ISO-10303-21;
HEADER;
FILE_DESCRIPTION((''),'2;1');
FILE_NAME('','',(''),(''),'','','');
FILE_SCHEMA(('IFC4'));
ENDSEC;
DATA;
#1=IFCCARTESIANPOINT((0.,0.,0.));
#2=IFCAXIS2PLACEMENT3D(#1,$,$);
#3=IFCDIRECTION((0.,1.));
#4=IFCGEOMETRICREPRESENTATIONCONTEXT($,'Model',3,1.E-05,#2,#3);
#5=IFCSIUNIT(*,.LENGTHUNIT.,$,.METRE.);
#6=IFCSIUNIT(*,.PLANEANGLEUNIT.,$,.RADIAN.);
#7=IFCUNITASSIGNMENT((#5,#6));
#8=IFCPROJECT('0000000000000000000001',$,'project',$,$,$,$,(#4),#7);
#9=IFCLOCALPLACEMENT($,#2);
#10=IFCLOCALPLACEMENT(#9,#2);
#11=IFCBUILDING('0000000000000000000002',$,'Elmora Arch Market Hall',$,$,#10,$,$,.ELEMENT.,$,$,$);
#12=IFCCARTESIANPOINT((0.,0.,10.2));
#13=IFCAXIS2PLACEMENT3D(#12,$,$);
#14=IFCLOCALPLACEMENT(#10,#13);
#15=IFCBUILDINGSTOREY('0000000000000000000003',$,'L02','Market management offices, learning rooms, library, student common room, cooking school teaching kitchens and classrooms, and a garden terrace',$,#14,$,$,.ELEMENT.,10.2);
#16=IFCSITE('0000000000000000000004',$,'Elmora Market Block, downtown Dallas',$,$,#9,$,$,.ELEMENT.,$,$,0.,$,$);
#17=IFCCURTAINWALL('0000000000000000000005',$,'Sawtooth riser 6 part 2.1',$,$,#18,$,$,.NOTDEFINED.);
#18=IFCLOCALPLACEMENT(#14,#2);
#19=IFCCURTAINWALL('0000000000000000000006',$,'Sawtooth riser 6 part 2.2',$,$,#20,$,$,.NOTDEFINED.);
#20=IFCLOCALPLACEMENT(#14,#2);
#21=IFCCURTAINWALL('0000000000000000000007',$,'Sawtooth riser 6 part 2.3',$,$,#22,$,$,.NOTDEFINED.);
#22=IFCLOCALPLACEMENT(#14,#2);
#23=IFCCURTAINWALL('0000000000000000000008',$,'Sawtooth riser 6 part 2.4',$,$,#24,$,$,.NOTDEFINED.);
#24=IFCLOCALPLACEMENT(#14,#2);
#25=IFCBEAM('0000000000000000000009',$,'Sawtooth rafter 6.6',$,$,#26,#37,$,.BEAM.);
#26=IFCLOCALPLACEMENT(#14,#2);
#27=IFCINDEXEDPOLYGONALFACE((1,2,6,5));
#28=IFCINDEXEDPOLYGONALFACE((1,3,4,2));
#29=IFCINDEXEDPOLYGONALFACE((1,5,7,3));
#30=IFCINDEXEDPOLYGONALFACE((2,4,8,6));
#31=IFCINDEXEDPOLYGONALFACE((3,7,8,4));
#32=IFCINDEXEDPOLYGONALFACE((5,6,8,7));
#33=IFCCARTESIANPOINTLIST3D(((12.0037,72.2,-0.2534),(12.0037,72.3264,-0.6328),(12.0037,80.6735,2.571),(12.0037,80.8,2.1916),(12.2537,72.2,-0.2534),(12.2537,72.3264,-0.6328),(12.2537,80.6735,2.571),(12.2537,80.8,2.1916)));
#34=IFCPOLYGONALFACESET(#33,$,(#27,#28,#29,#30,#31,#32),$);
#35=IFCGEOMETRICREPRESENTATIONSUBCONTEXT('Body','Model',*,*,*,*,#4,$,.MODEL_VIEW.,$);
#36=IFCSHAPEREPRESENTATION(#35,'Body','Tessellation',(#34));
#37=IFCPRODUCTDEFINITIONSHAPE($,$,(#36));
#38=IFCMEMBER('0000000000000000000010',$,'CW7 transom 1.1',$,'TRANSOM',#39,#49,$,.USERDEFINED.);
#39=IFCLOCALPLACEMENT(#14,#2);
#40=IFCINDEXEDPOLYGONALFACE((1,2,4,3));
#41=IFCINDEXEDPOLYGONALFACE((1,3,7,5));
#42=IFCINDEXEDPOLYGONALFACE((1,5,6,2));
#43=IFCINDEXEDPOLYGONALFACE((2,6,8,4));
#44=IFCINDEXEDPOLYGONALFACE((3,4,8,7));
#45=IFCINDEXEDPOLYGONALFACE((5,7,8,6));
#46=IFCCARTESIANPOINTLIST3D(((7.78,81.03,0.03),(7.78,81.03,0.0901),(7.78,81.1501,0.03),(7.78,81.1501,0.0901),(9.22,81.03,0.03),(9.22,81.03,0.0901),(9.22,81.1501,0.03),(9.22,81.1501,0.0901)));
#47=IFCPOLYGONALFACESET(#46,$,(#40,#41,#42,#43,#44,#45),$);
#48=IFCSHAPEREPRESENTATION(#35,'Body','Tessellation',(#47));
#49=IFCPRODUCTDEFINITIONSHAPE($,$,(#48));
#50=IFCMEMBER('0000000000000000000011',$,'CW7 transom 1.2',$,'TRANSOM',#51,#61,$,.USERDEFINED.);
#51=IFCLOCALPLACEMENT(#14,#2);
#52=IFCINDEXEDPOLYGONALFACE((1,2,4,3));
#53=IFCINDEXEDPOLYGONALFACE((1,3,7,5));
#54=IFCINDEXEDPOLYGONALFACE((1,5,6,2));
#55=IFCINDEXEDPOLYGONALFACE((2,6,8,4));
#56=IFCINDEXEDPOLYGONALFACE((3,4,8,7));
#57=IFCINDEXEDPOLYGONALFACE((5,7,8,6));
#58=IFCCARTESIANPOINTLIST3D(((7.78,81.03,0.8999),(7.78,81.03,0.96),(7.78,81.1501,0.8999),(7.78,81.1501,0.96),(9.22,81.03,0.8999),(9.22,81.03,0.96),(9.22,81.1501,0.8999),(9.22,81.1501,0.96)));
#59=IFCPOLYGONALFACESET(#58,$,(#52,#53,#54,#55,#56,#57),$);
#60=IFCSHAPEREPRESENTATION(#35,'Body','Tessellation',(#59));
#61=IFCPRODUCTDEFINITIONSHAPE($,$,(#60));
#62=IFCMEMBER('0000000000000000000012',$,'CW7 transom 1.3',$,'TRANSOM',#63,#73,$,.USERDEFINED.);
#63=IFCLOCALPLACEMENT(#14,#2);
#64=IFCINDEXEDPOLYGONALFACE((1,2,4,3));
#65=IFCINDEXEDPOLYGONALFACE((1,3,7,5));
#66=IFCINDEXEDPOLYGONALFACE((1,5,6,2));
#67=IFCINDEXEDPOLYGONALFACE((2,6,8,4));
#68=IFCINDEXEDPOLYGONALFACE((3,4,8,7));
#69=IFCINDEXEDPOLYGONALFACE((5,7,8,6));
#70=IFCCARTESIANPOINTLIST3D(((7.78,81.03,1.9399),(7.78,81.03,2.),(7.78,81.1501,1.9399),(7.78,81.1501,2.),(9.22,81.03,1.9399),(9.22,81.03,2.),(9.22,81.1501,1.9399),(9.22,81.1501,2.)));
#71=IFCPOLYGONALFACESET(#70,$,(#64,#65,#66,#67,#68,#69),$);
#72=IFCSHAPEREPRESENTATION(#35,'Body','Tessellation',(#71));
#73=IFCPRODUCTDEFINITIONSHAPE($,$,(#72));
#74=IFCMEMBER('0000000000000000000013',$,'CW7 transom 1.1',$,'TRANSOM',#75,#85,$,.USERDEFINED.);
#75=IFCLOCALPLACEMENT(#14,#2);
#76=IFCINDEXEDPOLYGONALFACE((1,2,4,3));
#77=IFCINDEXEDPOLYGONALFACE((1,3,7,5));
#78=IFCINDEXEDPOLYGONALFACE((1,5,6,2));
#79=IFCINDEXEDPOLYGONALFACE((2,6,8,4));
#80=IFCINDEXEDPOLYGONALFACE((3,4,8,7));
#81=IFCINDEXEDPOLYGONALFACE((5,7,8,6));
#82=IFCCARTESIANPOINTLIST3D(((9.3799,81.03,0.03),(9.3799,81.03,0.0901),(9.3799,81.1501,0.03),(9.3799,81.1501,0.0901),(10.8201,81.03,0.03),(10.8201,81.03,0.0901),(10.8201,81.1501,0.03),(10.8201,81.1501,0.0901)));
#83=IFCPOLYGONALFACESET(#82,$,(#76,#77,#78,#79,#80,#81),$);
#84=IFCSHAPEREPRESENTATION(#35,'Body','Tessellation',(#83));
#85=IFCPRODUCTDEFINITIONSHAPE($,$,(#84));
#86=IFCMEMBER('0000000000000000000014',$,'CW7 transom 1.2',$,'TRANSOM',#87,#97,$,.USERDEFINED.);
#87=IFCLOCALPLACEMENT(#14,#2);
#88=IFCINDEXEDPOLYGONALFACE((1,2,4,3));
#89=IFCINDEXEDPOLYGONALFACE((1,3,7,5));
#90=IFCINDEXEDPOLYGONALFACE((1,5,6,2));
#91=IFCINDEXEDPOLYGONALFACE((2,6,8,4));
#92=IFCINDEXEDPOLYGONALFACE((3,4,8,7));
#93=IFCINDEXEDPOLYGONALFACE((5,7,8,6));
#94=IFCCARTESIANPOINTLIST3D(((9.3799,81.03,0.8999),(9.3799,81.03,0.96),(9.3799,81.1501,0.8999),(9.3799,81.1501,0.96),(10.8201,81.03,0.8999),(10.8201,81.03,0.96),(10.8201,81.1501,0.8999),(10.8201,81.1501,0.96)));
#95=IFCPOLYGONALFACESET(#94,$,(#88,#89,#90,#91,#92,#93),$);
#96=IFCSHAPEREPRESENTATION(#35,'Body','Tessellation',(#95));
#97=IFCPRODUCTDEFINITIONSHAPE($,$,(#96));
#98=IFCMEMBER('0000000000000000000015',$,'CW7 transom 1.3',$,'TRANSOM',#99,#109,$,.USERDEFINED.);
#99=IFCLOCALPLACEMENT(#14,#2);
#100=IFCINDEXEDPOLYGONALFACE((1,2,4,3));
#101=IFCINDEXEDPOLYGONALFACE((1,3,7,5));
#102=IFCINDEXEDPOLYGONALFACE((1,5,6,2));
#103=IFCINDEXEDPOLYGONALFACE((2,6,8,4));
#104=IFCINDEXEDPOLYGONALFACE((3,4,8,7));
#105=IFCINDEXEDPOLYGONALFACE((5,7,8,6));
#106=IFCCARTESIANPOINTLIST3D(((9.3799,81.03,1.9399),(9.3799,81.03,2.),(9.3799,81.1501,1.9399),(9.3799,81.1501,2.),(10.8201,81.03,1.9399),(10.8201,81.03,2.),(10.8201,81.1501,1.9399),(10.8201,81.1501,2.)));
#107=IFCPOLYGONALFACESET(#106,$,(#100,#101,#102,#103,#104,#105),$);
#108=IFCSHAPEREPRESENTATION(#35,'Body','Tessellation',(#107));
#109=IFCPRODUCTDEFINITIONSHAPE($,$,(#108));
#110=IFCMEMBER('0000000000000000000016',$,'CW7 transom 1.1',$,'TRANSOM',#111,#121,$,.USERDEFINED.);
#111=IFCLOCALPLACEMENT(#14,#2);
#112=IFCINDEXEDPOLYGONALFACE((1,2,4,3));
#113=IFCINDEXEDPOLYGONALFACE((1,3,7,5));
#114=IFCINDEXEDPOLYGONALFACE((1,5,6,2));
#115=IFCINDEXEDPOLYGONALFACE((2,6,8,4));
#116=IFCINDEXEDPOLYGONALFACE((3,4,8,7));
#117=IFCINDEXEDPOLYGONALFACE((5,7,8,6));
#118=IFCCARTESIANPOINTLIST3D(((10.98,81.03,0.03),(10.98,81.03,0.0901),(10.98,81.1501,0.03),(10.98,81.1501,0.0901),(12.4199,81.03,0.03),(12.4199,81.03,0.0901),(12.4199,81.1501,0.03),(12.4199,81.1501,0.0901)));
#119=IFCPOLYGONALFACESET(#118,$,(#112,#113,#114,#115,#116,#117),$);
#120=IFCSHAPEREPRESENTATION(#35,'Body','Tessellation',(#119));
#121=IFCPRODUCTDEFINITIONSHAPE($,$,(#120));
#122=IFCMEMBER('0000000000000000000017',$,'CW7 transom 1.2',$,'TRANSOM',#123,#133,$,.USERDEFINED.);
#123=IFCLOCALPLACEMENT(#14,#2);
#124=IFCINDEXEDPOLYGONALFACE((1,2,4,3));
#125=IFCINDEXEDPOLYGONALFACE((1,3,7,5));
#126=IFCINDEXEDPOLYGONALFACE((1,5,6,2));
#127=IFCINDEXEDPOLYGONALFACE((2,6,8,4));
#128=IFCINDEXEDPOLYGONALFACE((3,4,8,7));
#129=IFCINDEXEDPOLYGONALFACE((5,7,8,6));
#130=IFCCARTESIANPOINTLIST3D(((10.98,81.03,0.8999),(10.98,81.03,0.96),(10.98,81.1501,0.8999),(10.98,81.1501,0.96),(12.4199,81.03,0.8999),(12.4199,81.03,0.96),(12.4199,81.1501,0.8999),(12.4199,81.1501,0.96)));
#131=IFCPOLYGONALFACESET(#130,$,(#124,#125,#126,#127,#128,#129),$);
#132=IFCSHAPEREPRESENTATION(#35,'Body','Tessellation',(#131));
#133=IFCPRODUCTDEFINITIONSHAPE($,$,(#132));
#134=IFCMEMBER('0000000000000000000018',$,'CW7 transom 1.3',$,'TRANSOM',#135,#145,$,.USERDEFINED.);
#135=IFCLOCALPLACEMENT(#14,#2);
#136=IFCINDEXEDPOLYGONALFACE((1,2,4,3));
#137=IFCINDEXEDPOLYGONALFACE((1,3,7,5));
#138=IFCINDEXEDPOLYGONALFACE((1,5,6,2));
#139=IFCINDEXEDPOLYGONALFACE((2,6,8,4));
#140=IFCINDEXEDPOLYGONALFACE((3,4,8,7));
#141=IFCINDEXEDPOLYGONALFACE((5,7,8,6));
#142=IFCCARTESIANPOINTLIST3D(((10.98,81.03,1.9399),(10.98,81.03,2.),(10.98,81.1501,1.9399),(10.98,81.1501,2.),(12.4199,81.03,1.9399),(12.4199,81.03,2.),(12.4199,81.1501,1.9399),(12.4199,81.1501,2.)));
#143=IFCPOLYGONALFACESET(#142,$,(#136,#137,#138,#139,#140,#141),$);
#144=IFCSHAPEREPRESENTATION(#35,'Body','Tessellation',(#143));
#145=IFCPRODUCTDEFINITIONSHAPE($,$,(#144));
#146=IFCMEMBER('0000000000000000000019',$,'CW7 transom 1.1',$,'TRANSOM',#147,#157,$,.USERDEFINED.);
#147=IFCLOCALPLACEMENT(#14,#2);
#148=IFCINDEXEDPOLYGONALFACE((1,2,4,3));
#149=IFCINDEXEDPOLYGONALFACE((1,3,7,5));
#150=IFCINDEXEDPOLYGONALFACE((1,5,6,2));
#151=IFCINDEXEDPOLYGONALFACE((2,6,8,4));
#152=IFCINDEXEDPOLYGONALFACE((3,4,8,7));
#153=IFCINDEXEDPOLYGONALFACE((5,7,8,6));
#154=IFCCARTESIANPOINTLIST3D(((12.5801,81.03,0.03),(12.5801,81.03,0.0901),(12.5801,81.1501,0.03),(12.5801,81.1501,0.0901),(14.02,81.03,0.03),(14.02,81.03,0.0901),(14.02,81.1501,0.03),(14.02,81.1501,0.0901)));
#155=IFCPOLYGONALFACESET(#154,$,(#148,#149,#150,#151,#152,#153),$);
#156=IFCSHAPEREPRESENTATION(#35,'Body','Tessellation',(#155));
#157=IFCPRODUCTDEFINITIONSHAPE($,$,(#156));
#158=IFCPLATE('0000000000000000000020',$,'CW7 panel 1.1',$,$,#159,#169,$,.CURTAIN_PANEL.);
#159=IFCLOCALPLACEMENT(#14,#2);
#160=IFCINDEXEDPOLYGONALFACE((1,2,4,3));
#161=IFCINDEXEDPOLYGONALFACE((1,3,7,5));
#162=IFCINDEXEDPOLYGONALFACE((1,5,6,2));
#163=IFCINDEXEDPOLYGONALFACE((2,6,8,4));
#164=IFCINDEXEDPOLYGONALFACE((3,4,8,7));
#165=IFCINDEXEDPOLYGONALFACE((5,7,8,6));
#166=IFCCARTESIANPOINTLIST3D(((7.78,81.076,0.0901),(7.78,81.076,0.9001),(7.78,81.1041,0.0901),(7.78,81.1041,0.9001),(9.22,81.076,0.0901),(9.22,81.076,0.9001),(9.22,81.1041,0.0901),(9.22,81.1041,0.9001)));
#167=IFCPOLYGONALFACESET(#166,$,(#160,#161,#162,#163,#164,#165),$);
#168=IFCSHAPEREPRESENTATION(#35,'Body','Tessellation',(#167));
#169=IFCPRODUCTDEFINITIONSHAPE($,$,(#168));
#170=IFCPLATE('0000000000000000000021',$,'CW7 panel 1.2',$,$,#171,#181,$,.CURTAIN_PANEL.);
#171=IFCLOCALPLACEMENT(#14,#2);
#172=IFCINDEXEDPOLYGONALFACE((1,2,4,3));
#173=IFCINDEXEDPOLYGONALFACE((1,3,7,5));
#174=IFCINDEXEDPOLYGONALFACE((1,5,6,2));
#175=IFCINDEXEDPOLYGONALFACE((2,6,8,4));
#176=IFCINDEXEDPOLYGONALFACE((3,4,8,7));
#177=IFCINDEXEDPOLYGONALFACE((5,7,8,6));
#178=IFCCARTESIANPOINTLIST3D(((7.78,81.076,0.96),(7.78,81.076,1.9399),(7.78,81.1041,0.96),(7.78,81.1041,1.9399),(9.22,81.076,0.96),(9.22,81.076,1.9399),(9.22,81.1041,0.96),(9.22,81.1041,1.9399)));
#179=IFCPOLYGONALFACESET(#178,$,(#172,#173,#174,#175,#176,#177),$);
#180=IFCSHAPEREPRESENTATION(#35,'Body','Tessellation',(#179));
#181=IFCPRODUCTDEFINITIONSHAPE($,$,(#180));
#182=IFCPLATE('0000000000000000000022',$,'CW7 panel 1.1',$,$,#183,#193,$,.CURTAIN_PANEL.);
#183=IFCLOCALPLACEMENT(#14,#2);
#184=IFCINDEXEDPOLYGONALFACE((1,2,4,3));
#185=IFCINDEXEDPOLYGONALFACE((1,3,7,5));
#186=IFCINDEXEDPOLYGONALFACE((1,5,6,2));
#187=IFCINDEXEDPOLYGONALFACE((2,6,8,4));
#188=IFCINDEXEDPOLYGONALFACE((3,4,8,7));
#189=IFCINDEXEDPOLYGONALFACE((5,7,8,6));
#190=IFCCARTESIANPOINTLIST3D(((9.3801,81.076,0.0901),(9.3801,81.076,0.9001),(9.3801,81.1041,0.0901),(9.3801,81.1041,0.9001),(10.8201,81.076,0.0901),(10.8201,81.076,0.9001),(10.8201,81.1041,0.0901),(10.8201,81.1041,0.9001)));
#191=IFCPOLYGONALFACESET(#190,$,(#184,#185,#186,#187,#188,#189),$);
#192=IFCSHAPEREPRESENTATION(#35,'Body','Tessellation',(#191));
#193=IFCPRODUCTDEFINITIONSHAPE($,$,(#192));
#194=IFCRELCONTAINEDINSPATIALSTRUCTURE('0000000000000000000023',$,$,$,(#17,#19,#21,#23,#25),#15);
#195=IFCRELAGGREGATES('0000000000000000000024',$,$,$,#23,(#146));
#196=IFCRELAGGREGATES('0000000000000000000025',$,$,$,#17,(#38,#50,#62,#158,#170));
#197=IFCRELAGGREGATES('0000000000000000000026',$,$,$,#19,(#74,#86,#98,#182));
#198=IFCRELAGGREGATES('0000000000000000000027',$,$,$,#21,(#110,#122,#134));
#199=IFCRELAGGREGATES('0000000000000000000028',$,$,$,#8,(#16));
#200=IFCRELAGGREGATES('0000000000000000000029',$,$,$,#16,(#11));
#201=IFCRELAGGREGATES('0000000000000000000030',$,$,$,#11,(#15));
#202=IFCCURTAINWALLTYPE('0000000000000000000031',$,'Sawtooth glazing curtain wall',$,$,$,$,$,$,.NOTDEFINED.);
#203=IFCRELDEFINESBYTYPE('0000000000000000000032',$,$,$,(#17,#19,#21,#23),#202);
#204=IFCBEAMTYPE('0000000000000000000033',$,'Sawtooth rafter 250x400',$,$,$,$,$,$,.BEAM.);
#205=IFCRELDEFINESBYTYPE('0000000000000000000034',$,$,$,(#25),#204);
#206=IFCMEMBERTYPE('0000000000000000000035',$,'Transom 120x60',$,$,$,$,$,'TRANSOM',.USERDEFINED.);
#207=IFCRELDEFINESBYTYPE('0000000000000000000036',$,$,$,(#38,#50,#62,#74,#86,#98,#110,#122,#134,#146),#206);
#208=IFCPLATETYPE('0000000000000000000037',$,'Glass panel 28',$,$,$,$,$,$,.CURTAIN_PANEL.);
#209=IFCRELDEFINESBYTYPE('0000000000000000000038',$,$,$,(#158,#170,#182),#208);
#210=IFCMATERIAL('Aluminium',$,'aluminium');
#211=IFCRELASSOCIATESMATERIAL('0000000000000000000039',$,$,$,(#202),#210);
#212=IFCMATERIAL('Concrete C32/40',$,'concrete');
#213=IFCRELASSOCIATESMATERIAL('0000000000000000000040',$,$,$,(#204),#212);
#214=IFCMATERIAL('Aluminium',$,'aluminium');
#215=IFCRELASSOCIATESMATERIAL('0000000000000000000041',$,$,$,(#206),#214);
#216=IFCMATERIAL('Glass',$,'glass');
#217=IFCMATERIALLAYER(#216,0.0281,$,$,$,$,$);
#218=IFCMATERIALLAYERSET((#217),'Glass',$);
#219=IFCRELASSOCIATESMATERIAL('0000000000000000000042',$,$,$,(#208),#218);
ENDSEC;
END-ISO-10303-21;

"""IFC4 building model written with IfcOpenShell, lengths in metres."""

from ifc_helpers import new_model, si_unit, direction, frame, origin, origin_2d, place, context, subcontext, project, spatial, rectangle, extrude, material, layer, layer_set, material_profile, profile_set, type_object, element, aggregate, save


model = new_model("IFC4")

# Units and contexts
model_context = context("Model", 3, precision=1e-05, world=origin(), true_north=direction((0.0, 1.0)))
body_context = subcontext(model_context, "Body", "Model", "MODEL_VIEW")
ifc_project = project(units=[si_unit("LENGTHUNIT", "METRE"), si_unit("PLANEANGLEUNIT", "RADIAN")], contexts=[model_context])

# Site, building, storey
site_placement = place(None, origin())
site = spatial("IfcSite", under=ifc_project, at=site_placement, Name="Elmora Market Block, downtown Dallas", CompositionType="ELEMENT", RefElevation=0.0)
building_placement = place(site_placement, origin())
building = spatial("IfcBuilding", under=site, at=building_placement, Name="Elmora Arch Market Hall", CompositionType="ELEMENT")
storey_placement = place(building_placement, frame((0.0, 0.0, 10.2)))
storey = spatial("IfcBuildingStorey", under=building, at=storey_placement, Name="L02", Description="Market management offices, learning rooms, library, student common room, cooking school teaching kitchens and classrooms, and a garden terrace", CompositionType="ELEMENT", Elevation=10.2)

# Shared definitions
ifc_material_1 = material(Name="Aluminium", Category="aluminium")
curtain_wall_type = type_object("IfcCurtainWallType", Name="Sawtooth glazing curtain wall", PredefinedType="NOTDEFINED", material=ifc_material_1)

# Curtain walls
curtain_wall_1_placement = place(storey_placement, origin())
curtain_wall_1 = element("IfcCurtainWall", 1, at=curtain_wall_1_placement, inside=storey, type_object=curtain_wall_type, Name="Sawtooth riser 6 part 2.1", PredefinedType="NOTDEFINED")
curtain_wall_2_placement = place(storey_placement, origin())
curtain_wall_2 = element("IfcCurtainWall", 2, at=curtain_wall_2_placement, inside=storey, type_object=curtain_wall_type, Name="Sawtooth riser 6 part 2.2", PredefinedType="NOTDEFINED")
curtain_wall_3_placement = place(storey_placement, origin())
curtain_wall_3 = element("IfcCurtainWall", 3, at=curtain_wall_3_placement, inside=storey, type_object=curtain_wall_type, Name="Sawtooth riser 6 part 2.3", PredefinedType="NOTDEFINED")
curtain_wall_4_placement = place(storey_placement, origin())
curtain_wall_4 = element("IfcCurtainWall", 4, at=curtain_wall_4_placement, inside=storey, type_object=curtain_wall_type, Name="Sawtooth riser 6 part 2.4", PredefinedType="NOTDEFINED")

# Beam
ifc_material_2 = material(Name="Concrete C32/40", Category="concrete")
ifc_material_profile_1 = material_profile(ifc_material_2, rectangle(XDim=0.25, YDim=0.3999, at=origin_2d()), Name="Sawtooth rafter 250x400")
ifc_profile_set_1 = profile_set([ifc_material_profile_1], Name="Concrete C32/40")
beam_type_1 = type_object("IfcBeamType", Name="Sawtooth rafter 250x400", PredefinedType="BEAM", material=ifc_profile_set_1)
for number, where, z_axis, x_axis, name in (
    (5, (12.1287, 72.2632, -0.4431), (0.0, 0.948686, 0.31622), (-1.0, 0.0, 0.0), "Sawtooth rafter 6.6"),
):
    element("IfcBeam", number, at=place(storey_placement, frame(where, z_axis=z_axis, x_axis=x_axis)), inside=storey, type_object=beam_type_1, Name=name, PredefinedType="BEAM", context=body_context, shape_type="SweptSolid", body=[
        extrude(rectangle(XDim=0.25, YDim=0.3999, at=origin_2d()), origin(), (0.0, 0.0, 1.0), 8.9319),
    ])

# Members
ifc_material_3 = material(Name="Aluminium", Category="aluminium")
ifc_material_profile_2 = material_profile(ifc_material_3, rectangle(XDim=0.1201, YDim=0.0601, at=origin_2d()), Name="AL 120x60")
ifc_profile_set_2 = profile_set([ifc_material_profile_2], Name="Aluminium")
member_type_1 = type_object("IfcMemberType", Name="Transom 120x60", ElementType="TRANSOM", PredefinedType="USERDEFINED", material=ifc_profile_set_2)
member_1_placement = place(storey_placement, frame((7.78, 81.0901, 0.0601), z_axis=(1.0, 0.0, 0.0), x_axis=(0.0, 1.0, 0.0)))
member_1 = element("IfcMember", 6, at=member_1_placement, type_object=member_type_1, Name="CW7 transom 1.1", ObjectType="TRANSOM", PredefinedType="USERDEFINED", context=body_context, shape_type="SweptSolid", body=[
    extrude(rectangle(XDim=0.1201, YDim=0.0601, at=origin_2d()), origin(), (0.0, 0.0, 1.0), 1.4399),
])
member_2_placement = place(storey_placement, frame((7.78, 81.0901, 0.9299), z_axis=(1.0, 0.0, 0.0), x_axis=(0.0, 1.0, 0.0)))
member_2 = element("IfcMember", 7, at=member_2_placement, type_object=member_type_1, Name="CW7 transom 1.2", ObjectType="TRANSOM", PredefinedType="USERDEFINED", context=body_context, shape_type="SweptSolid", body=[
    extrude(rectangle(XDim=0.1201, YDim=0.0601, at=origin_2d()), origin(), (0.0, 0.0, 1.0), 1.4399),
])
member_3_placement = place(storey_placement, frame((7.78, 81.0901, 1.97), z_axis=(1.0, 0.0, 0.0), x_axis=(0.0, 1.0, 0.0)))
member_3 = element("IfcMember", 8, at=member_3_placement, type_object=member_type_1, Name="CW7 transom 1.3", ObjectType="TRANSOM", PredefinedType="USERDEFINED", context=body_context, shape_type="SweptSolid", body=[
    extrude(rectangle(XDim=0.1201, YDim=0.0601, at=origin_2d()), origin(), (0.0, 0.0, 1.0), 1.4399),
])
member_4_placement = place(storey_placement, frame((9.3799, 81.0901, 0.0601), z_axis=(1.0, 0.0, 0.0), x_axis=(0.0, 1.0, 0.0)))
member_4 = element("IfcMember", 9, at=member_4_placement, type_object=member_type_1, Name="CW7 transom 1.1", ObjectType="TRANSOM", PredefinedType="USERDEFINED", context=body_context, shape_type="SweptSolid", body=[
    extrude(rectangle(XDim=0.1201, YDim=0.0601, at=origin_2d()), origin(), (0.0, 0.0, 1.0), 1.4402),
])
member_5_placement = place(storey_placement, frame((9.3799, 81.0901, 0.9299), z_axis=(1.0, 0.0, 0.0), x_axis=(0.0, 1.0, 0.0)))
member_5 = element("IfcMember", 10, at=member_5_placement, type_object=member_type_1, Name="CW7 transom 1.2", ObjectType="TRANSOM", PredefinedType="USERDEFINED", context=body_context, shape_type="SweptSolid", body=[
    extrude(rectangle(XDim=0.1201, YDim=0.0601, at=origin_2d()), origin(), (0.0, 0.0, 1.0), 1.4402),
])
member_6_placement = place(storey_placement, frame((9.3799, 81.0901, 1.97), z_axis=(1.0, 0.0, 0.0), x_axis=(0.0, 1.0, 0.0)))
member_6 = element("IfcMember", 11, at=member_6_placement, type_object=member_type_1, Name="CW7 transom 1.3", ObjectType="TRANSOM", PredefinedType="USERDEFINED", context=body_context, shape_type="SweptSolid", body=[
    extrude(rectangle(XDim=0.1201, YDim=0.0601, at=origin_2d()), origin(), (0.0, 0.0, 1.0), 1.4402),
])
member_7_placement = place(storey_placement, frame((10.98, 81.0901, 0.0601), z_axis=(1.0, 0.0, 0.0), x_axis=(0.0, 1.0, 0.0)))
member_7 = element("IfcMember", 12, at=member_7_placement, type_object=member_type_1, Name="CW7 transom 1.1", ObjectType="TRANSOM", PredefinedType="USERDEFINED", context=body_context, shape_type="SweptSolid", body=[
    extrude(rectangle(XDim=0.1201, YDim=0.0601, at=origin_2d()), origin(), (0.0, 0.0, 1.0), 1.4399),
])
member_8_placement = place(storey_placement, frame((10.98, 81.0901, 0.9299), z_axis=(1.0, 0.0, 0.0), x_axis=(0.0, 1.0, 0.0)))
member_8 = element("IfcMember", 13, at=member_8_placement, type_object=member_type_1, Name="CW7 transom 1.2", ObjectType="TRANSOM", PredefinedType="USERDEFINED", context=body_context, shape_type="SweptSolid", body=[
    extrude(rectangle(XDim=0.1201, YDim=0.0601, at=origin_2d()), origin(), (0.0, 0.0, 1.0), 1.4399),
])
member_9_placement = place(storey_placement, frame((10.98, 81.0901, 1.97), z_axis=(1.0, 0.0, 0.0), x_axis=(0.0, 1.0, 0.0)))
member_9 = element("IfcMember", 14, at=member_9_placement, type_object=member_type_1, Name="CW7 transom 1.3", ObjectType="TRANSOM", PredefinedType="USERDEFINED", context=body_context, shape_type="SweptSolid", body=[
    extrude(rectangle(XDim=0.1201, YDim=0.0601, at=origin_2d()), origin(), (0.0, 0.0, 1.0), 1.4399),
])
member_10_placement = place(storey_placement, frame((12.5801, 81.0901, 0.0601), z_axis=(1.0, 0.0, 0.0), x_axis=(0.0, 1.0, 0.0)))
member_10 = element("IfcMember", 15, at=member_10_placement, type_object=member_type_1, Name="CW7 transom 1.1", ObjectType="TRANSOM", PredefinedType="USERDEFINED", context=body_context, shape_type="SweptSolid", body=[
    extrude(rectangle(XDim=0.1201, YDim=0.0601, at=origin_2d()), origin(), (0.0, 0.0, 1.0), 1.4399),
])
aggregate(curtain_wall_4, [member_10])

# Plates
ifc_material_4 = material(Name="Glass", Category="glass")
ifc_layer_1 = layer(ifc_material_4, 0.0281)
ifc_layer_set_1 = layer_set([ifc_layer_1], Name="Glass")
plate_type = type_object("IfcPlateType", Name="Glass panel 28", PredefinedType="CURTAIN_PANEL", material=ifc_layer_set_1)
plate_1_placement = place(storey_placement, frame((8.5, 81.0901, 0.0901), z_axis=(0.0, 0.0, 1.0), x_axis=(1.0, 0.0, 0.0)))
plate_1 = element("IfcPlate", 16, at=plate_1_placement, type_object=plate_type, Name="CW7 panel 1.1", PredefinedType="CURTAIN_PANEL", context=body_context, shape_type="SweptSolid", body=[
    extrude(rectangle(XDim=1.4399, YDim=0.0281, at=origin_2d()), origin(), (0.0, 0.0, 1.0), 0.8101),
])
plate_2_placement = place(storey_placement, frame((8.5, 81.0901, 0.96), z_axis=(0.0, 0.0, 1.0), x_axis=(1.0, 0.0, 0.0)))
plate_2 = element("IfcPlate", 17, at=plate_2_placement, type_object=plate_type, Name="CW7 panel 1.2", PredefinedType="CURTAIN_PANEL", context=body_context, shape_type="SweptSolid", body=[
    extrude(rectangle(XDim=1.4399, YDim=0.0281, at=origin_2d()), origin(), (0.0, 0.0, 1.0), 0.98),
])
aggregate(curtain_wall_1, [member_1, member_2, member_3, plate_1, plate_2])
plate_3_placement = place(storey_placement, frame((10.1001, 81.0901, 0.0901), z_axis=(0.0, 0.0, 1.0), x_axis=(1.0, 0.0, 0.0)))
plate_3 = element("IfcPlate", 18, at=plate_3_placement, type_object=plate_type, Name="CW7 panel 1.1", PredefinedType="CURTAIN_PANEL", context=body_context, shape_type="SweptSolid", body=[
    extrude(rectangle(XDim=1.4399, YDim=0.0281, at=origin_2d()), origin(), (0.0, 0.0, 1.0), 0.8101),
])
aggregate(curtain_wall_2, [member_4, member_5, member_6, plate_3])
aggregate(curtain_wall_3, [member_7, member_8, member_9])

save(model, "model.ifc")
